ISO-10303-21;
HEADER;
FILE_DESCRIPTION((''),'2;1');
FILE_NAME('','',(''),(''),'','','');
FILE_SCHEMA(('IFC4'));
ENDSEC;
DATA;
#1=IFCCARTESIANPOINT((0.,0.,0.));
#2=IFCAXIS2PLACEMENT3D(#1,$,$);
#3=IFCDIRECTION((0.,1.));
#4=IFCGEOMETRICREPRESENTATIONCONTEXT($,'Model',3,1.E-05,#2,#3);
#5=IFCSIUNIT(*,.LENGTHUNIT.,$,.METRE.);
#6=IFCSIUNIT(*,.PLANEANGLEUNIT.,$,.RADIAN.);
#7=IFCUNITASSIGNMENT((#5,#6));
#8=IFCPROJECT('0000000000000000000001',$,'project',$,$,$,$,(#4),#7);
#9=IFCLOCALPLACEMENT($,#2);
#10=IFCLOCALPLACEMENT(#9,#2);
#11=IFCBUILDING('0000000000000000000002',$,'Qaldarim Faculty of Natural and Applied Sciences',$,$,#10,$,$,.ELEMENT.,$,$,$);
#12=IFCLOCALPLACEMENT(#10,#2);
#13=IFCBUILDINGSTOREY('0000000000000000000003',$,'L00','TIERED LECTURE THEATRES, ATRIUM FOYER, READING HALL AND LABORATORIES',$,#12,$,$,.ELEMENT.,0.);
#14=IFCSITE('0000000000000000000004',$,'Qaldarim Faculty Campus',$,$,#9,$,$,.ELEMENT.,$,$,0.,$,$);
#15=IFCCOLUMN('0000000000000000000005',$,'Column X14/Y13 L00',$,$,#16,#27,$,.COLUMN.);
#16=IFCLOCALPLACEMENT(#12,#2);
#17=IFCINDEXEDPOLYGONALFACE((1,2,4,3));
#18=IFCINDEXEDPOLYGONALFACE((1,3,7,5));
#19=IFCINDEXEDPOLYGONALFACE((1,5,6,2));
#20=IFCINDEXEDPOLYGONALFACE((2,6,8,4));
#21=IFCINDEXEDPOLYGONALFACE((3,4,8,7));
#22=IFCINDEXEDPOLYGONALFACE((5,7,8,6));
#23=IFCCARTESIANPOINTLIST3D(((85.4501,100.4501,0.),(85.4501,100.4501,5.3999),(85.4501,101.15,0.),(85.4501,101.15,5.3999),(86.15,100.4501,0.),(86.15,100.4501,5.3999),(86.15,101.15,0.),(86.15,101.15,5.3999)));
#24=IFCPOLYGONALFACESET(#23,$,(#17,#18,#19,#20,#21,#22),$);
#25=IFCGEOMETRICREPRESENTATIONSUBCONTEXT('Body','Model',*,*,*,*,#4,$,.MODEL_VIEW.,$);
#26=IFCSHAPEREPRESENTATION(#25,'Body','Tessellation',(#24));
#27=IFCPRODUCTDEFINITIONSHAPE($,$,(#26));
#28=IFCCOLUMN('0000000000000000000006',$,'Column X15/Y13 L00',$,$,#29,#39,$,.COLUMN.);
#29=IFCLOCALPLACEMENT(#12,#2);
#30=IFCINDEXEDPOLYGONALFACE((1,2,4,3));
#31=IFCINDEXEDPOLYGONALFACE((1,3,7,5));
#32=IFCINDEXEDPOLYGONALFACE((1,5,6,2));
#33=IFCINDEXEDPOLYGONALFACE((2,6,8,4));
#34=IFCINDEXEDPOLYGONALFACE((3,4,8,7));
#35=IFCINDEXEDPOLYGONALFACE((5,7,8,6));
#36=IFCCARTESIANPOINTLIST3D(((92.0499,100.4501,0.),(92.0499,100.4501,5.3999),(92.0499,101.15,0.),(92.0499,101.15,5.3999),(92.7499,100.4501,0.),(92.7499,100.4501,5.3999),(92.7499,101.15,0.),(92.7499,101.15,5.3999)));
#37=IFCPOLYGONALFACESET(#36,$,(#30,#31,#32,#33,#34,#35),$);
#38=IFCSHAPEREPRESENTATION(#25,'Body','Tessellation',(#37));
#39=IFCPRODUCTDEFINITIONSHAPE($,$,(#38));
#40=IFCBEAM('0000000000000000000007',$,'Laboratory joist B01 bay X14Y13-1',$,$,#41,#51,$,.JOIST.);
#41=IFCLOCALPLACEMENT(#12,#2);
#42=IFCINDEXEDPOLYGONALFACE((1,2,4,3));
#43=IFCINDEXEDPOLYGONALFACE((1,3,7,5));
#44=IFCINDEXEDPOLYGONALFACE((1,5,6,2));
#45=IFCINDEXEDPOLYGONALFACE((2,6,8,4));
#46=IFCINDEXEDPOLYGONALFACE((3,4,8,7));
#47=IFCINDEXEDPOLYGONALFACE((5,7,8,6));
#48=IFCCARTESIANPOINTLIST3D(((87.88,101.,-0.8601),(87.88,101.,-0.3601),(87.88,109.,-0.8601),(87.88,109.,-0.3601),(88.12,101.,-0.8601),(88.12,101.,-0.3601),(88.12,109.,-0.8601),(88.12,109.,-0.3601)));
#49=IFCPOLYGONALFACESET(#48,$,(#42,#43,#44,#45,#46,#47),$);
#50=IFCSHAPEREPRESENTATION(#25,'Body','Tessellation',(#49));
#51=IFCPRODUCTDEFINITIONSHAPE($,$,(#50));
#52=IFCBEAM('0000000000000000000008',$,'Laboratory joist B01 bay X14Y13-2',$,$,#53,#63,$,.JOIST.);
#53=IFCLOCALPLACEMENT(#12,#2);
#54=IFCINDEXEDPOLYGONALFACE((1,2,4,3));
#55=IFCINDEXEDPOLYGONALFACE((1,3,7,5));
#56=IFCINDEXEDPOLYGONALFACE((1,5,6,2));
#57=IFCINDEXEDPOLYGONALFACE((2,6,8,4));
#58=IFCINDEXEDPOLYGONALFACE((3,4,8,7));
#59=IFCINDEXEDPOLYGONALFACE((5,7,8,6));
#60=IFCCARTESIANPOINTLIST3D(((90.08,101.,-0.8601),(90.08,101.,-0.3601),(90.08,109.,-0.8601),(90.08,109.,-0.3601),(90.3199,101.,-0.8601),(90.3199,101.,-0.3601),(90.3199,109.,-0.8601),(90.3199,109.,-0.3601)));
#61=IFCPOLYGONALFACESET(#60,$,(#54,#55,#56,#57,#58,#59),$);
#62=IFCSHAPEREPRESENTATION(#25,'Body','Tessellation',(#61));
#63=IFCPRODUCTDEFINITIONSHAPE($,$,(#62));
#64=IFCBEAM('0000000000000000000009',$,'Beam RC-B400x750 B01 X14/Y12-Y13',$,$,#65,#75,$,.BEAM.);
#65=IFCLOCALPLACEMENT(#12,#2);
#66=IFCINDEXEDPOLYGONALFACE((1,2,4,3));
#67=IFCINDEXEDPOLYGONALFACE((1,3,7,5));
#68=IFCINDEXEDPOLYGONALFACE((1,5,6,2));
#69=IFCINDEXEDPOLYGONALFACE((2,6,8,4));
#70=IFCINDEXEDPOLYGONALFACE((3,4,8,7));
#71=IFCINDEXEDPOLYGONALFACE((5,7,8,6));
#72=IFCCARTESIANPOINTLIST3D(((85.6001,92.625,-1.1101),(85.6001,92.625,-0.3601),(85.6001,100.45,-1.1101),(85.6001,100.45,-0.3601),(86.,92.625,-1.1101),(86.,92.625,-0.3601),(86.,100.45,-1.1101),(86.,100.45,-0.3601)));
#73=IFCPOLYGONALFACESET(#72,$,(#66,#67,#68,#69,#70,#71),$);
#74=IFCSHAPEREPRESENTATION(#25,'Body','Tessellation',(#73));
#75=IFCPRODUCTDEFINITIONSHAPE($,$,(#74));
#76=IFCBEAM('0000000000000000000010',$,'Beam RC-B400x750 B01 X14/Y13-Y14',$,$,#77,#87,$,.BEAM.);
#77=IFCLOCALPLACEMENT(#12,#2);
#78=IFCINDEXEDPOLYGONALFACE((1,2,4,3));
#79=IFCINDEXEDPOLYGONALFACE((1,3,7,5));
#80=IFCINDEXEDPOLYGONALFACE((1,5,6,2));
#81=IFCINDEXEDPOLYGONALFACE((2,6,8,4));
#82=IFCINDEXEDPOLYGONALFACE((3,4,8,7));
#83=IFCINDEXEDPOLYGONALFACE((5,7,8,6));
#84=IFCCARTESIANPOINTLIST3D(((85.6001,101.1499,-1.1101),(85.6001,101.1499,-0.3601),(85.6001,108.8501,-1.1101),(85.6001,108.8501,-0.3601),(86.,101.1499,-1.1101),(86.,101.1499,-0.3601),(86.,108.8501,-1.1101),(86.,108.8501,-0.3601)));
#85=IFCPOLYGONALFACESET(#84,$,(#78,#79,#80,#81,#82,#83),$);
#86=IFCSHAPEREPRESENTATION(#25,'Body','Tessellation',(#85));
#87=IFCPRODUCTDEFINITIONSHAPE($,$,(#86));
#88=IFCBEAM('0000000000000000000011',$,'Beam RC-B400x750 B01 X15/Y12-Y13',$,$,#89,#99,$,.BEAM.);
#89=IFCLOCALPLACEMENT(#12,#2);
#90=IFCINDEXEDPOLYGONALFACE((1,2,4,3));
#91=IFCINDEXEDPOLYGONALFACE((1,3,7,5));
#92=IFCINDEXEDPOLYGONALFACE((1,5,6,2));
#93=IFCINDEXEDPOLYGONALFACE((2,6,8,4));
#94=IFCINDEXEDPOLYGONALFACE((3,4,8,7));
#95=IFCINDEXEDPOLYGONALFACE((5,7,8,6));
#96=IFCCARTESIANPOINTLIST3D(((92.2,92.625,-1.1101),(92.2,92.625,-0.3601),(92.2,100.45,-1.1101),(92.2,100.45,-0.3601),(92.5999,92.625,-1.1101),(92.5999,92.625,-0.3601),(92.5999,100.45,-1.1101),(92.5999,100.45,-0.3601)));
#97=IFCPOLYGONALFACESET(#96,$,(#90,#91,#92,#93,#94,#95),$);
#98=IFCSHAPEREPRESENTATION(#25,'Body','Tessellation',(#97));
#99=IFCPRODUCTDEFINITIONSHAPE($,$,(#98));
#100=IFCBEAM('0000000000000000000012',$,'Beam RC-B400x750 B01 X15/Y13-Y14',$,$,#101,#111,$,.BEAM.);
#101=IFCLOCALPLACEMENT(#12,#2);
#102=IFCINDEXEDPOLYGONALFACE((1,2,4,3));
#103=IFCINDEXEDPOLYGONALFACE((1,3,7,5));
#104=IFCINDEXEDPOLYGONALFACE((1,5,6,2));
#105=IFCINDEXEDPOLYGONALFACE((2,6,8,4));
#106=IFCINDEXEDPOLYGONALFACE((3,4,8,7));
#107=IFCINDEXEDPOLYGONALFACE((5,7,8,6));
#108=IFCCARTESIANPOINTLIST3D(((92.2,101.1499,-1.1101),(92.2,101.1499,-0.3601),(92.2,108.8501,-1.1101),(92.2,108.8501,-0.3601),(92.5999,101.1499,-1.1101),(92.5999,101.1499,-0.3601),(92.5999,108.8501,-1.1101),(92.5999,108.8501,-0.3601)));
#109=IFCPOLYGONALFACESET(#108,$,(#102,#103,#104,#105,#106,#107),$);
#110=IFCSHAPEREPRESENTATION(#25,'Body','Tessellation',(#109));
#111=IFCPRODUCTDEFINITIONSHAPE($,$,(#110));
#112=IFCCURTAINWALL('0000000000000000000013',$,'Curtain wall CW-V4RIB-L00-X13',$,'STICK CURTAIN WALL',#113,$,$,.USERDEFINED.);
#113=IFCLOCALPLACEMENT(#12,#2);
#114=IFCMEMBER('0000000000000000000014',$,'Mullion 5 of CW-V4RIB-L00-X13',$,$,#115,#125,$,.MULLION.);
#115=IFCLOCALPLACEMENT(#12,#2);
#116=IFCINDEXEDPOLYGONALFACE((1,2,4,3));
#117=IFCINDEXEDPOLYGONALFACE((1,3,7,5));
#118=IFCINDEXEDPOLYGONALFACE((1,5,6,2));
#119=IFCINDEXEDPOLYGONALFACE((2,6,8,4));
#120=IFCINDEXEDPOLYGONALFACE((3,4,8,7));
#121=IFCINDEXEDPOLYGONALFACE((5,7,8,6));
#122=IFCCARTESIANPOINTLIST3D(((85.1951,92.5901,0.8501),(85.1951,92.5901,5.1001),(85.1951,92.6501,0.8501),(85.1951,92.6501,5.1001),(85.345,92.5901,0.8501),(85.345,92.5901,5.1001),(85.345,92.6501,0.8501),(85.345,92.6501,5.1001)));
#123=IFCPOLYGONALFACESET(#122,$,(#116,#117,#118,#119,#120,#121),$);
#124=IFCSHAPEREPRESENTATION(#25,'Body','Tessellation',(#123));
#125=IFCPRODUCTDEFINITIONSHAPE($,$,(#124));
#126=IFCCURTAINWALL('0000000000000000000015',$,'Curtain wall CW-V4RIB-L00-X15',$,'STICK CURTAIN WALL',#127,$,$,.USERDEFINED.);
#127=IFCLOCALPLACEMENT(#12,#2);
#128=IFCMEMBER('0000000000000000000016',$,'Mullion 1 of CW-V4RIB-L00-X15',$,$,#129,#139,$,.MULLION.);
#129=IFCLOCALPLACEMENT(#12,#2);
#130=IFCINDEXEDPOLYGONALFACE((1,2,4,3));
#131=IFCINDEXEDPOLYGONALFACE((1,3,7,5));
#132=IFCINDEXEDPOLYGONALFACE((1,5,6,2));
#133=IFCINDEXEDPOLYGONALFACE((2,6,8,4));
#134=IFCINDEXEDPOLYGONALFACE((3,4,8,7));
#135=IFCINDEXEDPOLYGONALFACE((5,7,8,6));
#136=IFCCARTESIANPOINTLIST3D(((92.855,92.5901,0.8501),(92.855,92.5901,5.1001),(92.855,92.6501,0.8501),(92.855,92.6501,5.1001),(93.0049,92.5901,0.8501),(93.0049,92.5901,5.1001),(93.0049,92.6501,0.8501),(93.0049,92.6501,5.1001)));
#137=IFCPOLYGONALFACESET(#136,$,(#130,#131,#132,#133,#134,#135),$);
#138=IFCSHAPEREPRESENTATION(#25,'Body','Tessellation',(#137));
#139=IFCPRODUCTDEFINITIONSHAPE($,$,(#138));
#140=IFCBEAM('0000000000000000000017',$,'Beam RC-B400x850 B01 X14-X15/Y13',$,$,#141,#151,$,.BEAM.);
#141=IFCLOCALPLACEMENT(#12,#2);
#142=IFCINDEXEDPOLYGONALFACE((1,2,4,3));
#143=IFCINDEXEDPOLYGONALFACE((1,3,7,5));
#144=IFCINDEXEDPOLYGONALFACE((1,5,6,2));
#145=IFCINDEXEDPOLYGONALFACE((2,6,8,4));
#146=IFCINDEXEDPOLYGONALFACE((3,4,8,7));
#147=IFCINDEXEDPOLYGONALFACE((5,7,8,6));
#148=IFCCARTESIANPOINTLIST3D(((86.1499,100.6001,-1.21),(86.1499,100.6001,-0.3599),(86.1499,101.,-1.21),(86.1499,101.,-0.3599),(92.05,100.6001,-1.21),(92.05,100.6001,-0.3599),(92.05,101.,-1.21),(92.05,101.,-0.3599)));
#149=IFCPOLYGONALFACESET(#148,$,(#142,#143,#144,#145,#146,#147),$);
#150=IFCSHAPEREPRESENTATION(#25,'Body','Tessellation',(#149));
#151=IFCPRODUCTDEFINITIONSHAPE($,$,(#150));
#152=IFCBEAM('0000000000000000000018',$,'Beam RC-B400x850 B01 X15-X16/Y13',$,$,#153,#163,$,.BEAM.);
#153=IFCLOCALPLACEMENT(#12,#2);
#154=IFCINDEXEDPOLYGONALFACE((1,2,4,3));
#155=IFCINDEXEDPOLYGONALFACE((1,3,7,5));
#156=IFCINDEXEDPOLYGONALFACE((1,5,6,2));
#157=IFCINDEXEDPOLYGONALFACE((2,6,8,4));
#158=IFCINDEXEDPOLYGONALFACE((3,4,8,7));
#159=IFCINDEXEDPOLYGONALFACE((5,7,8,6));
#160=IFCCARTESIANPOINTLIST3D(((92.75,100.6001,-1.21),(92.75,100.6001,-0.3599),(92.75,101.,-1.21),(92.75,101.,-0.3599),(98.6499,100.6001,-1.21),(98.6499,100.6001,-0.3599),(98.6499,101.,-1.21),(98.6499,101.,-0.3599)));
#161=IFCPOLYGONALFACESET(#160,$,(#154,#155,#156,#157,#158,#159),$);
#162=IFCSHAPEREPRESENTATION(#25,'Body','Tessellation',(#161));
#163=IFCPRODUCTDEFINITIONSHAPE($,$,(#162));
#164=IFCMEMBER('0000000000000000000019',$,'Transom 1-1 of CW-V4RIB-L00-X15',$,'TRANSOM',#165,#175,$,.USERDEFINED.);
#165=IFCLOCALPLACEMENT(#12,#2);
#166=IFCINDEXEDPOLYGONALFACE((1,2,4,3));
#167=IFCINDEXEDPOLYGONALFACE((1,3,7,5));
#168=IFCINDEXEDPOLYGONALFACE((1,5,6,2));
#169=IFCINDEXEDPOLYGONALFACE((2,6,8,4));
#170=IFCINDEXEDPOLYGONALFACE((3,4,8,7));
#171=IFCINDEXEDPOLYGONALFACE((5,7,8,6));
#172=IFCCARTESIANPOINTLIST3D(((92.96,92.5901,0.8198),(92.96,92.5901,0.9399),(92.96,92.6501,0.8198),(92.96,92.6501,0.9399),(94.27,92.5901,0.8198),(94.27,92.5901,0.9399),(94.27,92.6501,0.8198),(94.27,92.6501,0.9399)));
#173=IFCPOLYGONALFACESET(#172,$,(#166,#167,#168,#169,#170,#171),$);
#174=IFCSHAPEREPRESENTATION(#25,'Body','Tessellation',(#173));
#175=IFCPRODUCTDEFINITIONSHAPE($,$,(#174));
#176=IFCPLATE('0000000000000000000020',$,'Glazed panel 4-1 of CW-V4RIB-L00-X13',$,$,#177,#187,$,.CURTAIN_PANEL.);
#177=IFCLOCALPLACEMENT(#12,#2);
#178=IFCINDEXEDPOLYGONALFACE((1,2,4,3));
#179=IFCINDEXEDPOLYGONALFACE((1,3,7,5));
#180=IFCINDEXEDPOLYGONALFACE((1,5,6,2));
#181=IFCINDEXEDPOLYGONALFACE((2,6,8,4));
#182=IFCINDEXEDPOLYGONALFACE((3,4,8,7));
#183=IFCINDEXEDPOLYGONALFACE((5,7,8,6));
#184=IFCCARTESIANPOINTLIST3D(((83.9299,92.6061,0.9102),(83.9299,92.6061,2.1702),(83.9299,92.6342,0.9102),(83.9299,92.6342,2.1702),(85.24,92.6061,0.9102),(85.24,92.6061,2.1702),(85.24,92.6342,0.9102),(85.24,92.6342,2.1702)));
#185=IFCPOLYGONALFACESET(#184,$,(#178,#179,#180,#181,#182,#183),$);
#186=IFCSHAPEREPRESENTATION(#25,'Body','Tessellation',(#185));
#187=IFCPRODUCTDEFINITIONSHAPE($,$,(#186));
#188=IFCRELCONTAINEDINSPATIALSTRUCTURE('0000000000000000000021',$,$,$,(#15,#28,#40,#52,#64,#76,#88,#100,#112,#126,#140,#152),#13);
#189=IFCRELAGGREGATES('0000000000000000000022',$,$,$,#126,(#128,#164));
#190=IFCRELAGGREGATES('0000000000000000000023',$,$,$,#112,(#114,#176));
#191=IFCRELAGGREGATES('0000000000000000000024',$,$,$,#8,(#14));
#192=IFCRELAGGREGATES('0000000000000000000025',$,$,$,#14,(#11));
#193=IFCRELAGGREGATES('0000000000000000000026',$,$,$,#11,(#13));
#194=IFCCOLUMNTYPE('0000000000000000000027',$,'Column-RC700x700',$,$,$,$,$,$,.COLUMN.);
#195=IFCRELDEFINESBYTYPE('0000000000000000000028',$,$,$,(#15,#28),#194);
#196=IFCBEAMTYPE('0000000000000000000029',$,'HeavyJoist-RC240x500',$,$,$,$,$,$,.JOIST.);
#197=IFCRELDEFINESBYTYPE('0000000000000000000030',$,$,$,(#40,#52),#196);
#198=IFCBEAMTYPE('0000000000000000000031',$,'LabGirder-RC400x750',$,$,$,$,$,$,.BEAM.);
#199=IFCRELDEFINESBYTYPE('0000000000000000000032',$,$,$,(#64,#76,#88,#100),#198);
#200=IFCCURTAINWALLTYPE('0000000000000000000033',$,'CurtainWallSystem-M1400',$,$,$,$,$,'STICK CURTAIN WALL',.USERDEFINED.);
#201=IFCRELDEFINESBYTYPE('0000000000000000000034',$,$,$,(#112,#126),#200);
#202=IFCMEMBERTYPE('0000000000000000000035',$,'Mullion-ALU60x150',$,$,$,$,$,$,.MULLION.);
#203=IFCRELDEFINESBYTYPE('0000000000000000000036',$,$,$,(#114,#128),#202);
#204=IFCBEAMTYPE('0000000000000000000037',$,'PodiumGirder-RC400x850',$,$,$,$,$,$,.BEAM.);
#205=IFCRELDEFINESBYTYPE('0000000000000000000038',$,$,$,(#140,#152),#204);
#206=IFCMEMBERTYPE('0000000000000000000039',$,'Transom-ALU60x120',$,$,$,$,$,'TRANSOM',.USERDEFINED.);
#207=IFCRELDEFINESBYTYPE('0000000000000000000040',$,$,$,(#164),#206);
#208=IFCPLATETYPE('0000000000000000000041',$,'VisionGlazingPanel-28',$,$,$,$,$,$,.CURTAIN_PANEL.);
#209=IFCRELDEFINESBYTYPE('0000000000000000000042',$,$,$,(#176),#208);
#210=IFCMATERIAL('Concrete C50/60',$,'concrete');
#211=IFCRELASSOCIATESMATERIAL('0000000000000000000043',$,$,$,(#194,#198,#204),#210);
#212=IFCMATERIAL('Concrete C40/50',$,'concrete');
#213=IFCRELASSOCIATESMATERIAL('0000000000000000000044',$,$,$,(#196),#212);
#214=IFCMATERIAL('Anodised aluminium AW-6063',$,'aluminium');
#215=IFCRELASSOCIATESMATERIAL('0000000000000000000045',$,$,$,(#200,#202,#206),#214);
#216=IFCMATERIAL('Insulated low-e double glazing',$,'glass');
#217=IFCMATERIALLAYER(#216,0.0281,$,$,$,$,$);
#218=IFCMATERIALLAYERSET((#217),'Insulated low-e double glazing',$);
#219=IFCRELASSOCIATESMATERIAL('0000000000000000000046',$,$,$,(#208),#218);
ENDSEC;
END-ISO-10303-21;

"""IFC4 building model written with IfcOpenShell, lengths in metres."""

from ifc_helpers import new_model, si_unit, direction, frame, origin, origin_2d, place, context, subcontext, project, spatial, rectangle, extrude, material, layer, layer_set, material_profile, profile_set, type_object, element, aggregate, save


model = new_model("IFC4")

# Units and contexts
model_context = context("Model", 3, precision=1e-05, world=origin(), true_north=direction((0.0, 1.0)))
body_context = subcontext(model_context, "Body", "Model", "MODEL_VIEW")
ifc_project = project(units=[si_unit("LENGTHUNIT", "METRE"), si_unit("PLANEANGLEUNIT", "RADIAN")], contexts=[model_context])

# Site, building, storey
site_placement = place(None, origin())
site = spatial("IfcSite", under=ifc_project, at=site_placement, Name="Qaldarim Faculty Campus", CompositionType="ELEMENT", RefElevation=0.0)
building_placement = place(site_placement, origin())
building = spatial("IfcBuilding", under=site, at=building_placement, Name="Qaldarim Faculty of Natural and Applied Sciences", CompositionType="ELEMENT")
storey_placement = place(building_placement, origin())
storey = spatial("IfcBuildingStorey", under=building, at=storey_placement, Name="L00", Description="TIERED LECTURE THEATRES, ATRIUM FOYER, READING HALL AND LABORATORIES", CompositionType="ELEMENT", Elevation=0.0)

# Columns
ifc_material_1 = material(Name="Concrete C50/60", Category="concrete")
ifc_material_profile_1 = material_profile(ifc_material_1, rectangle(XDim=0.7, YDim=0.7, at=origin_2d()), Name="RC-C700x700")
ifc_profile_set_1 = profile_set([ifc_material_profile_1], Name="Concrete C50/60")
column_type = type_object("IfcColumnType", Name="Column-RC700x700", PredefinedType="COLUMN", material=ifc_profile_set_1)
for number, where, z_axis, x_axis, name in (
    (1, (85.8, 100.8, 0.0), (0.0, 0.0, 1.0), (1.0, 0.0, 0.0), "Column X14/Y13 L00"),
    (2, (92.3999, 100.8, 0.0), (0.0, 0.0, 1.0), (1.0, 0.0, 0.0), "Column X15/Y13 L00"),
):
    element("IfcColumn", number, at=place(storey_placement, frame(where, z_axis=z_axis, x_axis=x_axis)), inside=storey, type_object=column_type, Name=name, PredefinedType="COLUMN", context=body_context, shape_type="SweptSolid", body=[
        extrude(rectangle(XDim=0.7, YDim=0.7, at=origin_2d()), origin(), (0.0, 0.0, 1.0), 5.3999),
    ])

# Beams
ifc_material_2 = material(Name="Concrete C40/50", Category="concrete")
ifc_material_profile_2 = material_profile(ifc_material_2, rectangle(XDim=0.24, YDim=0.5, at=origin_2d()), Name="RC-J240x500")
ifc_profile_set_2 = profile_set([ifc_material_profile_2], Name="Concrete C40/50")
beam_type_1 = type_object("IfcBeamType", Name="HeavyJoist-RC240x500", PredefinedType="JOIST", material=ifc_profile_set_2)
for number, where, z_axis, x_axis, name in (
    (3, (88.0, 101.0, -0.6101), (0.0, 1.0, 0.0), (-1.0, 0.0, 0.0), "Laboratory joist B01 bay X14Y13-1"),
    (4, (90.2, 101.0, -0.6101), (0.0, 1.0, 0.0), (-1.0, 0.0, 0.0), "Laboratory joist B01 bay X14Y13-2"),
):
    element("IfcBeam", number, at=place(storey_placement, frame(where, z_axis=z_axis, x_axis=x_axis)), inside=storey, type_object=beam_type_1, Name=name, PredefinedType="JOIST", context=body_context, shape_type="SweptSolid", body=[
        extrude(rectangle(XDim=0.24, YDim=0.5, at=origin_2d()), origin(), (0.0, 0.0, 1.0), 8.0),
    ])
ifc_material_profile_3 = material_profile(ifc_material_1, rectangle(XDim=0.3999, YDim=0.75, at=origin_2d()), Name="RC-B400x750")
ifc_profile_set_3 = profile_set([ifc_material_profile_3], Name="Concrete C50/60")
beam_type_2 = type_object("IfcBeamType", Name="LabGirder-RC400x750", PredefinedType="BEAM", material=ifc_profile_set_3)
beam_1_placement = place(storey_placement, frame((85.8, 92.625, -0.7351), z_axis=(0.0, 1.0, 0.0), x_axis=(-1.0, 0.0, 0.0)))
element("IfcBeam", 5, at=beam_1_placement, inside=storey, type_object=beam_type_2, Name="Beam RC-B400x750 B01 X14/Y12-Y13", PredefinedType="BEAM", context=body_context, shape_type="SweptSolid", body=[
    extrude(rectangle(XDim=0.3999, YDim=0.75, at=origin_2d()), origin(), (0.0, 0.0, 1.0), 7.825),
])
beam_2_placement = place(storey_placement, frame((85.8, 101.1499, -0.7351), z_axis=(0.0, 1.0, 0.0), x_axis=(-1.0, 0.0, 0.0)))
element("IfcBeam", 6, at=beam_2_placement, inside=storey, type_object=beam_type_2, Name="Beam RC-B400x750 B01 X14/Y13-Y14", PredefinedType="BEAM", context=body_context, shape_type="SweptSolid", body=[
    extrude(rectangle(XDim=0.3999, YDim=0.75, at=origin_2d()), origin(), (0.0, 0.0, 1.0), 7.7002),
])
beam_3_placement = place(storey_placement, frame((92.3999, 92.625, -0.7351), z_axis=(0.0, 1.0, 0.0), x_axis=(-1.0, 0.0, 0.0)))
element("IfcBeam", 7, at=beam_3_placement, inside=storey, type_object=beam_type_2, Name="Beam RC-B400x750 B01 X15/Y12-Y13", PredefinedType="BEAM", context=body_context, shape_type="SweptSolid", body=[
    extrude(rectangle(XDim=0.3999, YDim=0.75, at=origin_2d()), origin(), (0.0, 0.0, 1.0), 7.825),
])
beam_4_placement = place(storey_placement, frame((92.3999, 101.1499, -0.7351), z_axis=(0.0, 1.0, 0.0), x_axis=(-1.0, 0.0, 0.0)))
element("IfcBeam", 8, at=beam_4_placement, inside=storey, type_object=beam_type_2, Name="Beam RC-B400x750 B01 X15/Y13-Y14", PredefinedType="BEAM", context=body_context, shape_type="SweptSolid", body=[
    extrude(rectangle(XDim=0.3999, YDim=0.75, at=origin_2d()), origin(), (0.0, 0.0, 1.0), 7.7002),
])

# Curtain walls, members
ifc_material_3 = material(Name="Anodised aluminium AW-6063", Category="aluminium")
curtain_wall_type = type_object("IfcCurtainWallType", Name="CurtainWallSystem-M1400", ElementType="STICK CURTAIN WALL", PredefinedType="USERDEFINED", material=ifc_material_3)
curtain_wall_1_placement = place(storey_placement, origin())
curtain_wall_1 = element("IfcCurtainWall", 9, at=curtain_wall_1_placement, inside=storey, type_object=curtain_wall_type, Name="Curtain wall CW-V4RIB-L00-X13", ObjectType="STICK CURTAIN WALL", PredefinedType="USERDEFINED")
ifc_material_profile_4 = material_profile(ifc_material_3, rectangle(XDim=0.0601, YDim=0.1499, at=origin_2d()), Name="ALU-M60x150")
ifc_profile_set_4 = profile_set([ifc_material_profile_4], Name="Anodised aluminium AW-6063")
member_type_1 = type_object("IfcMemberType", Name="Mullion-ALU60x150", PredefinedType="MULLION", material=ifc_profile_set_4)
member_1_placement = place(storey_placement, frame((85.27, 92.6201, 0.8501), z_axis=(0.0, 0.0, 1.0), x_axis=(0.0, 1.0, 0.0)))
member_1 = element("IfcMember", 10, at=member_1_placement, type_object=member_type_1, Name="Mullion 5 of CW-V4RIB-L00-X13", PredefinedType="MULLION", context=body_context, shape_type="SweptSolid", body=[
    extrude(rectangle(XDim=0.0601, YDim=0.1499, at=origin_2d()), origin(), (0.0, 0.0, 1.0), 4.25),
])
curtain_wall_2_placement = place(storey_placement, origin())
curtain_wall_2 = element("IfcCurtainWall", 11, at=curtain_wall_2_placement, inside=storey, type_object=curtain_wall_type, Name="Curtain wall CW-V4RIB-L00-X15", ObjectType="STICK CURTAIN WALL", PredefinedType="USERDEFINED")
member_2_placement = place(storey_placement, frame((92.9299, 92.6201, 0.8501), z_axis=(0.0, 0.0, 1.0), x_axis=(0.0, 1.0, 0.0)))
member_2 = element("IfcMember", 12, at=member_2_placement, type_object=member_type_1, Name="Mullion 1 of CW-V4RIB-L00-X15", PredefinedType="MULLION", context=body_context, shape_type="SweptSolid", body=[
    extrude(rectangle(XDim=0.0601, YDim=0.1499, at=origin_2d()), origin(), (0.0, 0.0, 1.0), 4.25),
])

# Beams
ifc_material_profile_5 = material_profile(ifc_material_1, rectangle(XDim=0.3999, YDim=0.8501, at=origin_2d()), Name="RC-B400x850")
ifc_profile_set_5 = profile_set([ifc_material_profile_5], Name="Concrete C50/60")
beam_type_3 = type_object("IfcBeamType", Name="PodiumGirder-RC400x850", PredefinedType="BEAM", material=ifc_profile_set_5)
beam_5_placement = place(storey_placement, frame((86.1499, 100.8, -0.7849), z_axis=(1.0, 0.0, 0.0), x_axis=(0.0, 1.0, 0.0)))
element("IfcBeam", 13, at=beam_5_placement, inside=storey, type_object=beam_type_3, Name="Beam RC-B400x850 B01 X14-X15/Y13", PredefinedType="BEAM", context=body_context, shape_type="SweptSolid", body=[
    extrude(rectangle(XDim=0.3999, YDim=0.8501, at=origin_2d()), origin(), (0.0, 0.0, 1.0), 5.9001),
])
beam_6_placement = place(storey_placement, frame((92.75, 100.8, -0.7849), z_axis=(1.0, 0.0, 0.0), x_axis=(0.0, 1.0, 0.0)))
element("IfcBeam", 14, at=beam_6_placement, inside=storey, type_object=beam_type_3, Name="Beam RC-B400x850 B01 X15-X16/Y13", PredefinedType="BEAM", context=body_context, shape_type="SweptSolid", body=[
    extrude(rectangle(XDim=0.3999, YDim=0.8501, at=origin_2d()), origin(), (0.0, 0.0, 1.0), 5.8999),
])

# Member
ifc_material_profile_6 = material_profile(ifc_material_3, rectangle(XDim=0.0601, YDim=0.1201, at=origin_2d()), Name="ALU-T60x120")
ifc_profile_set_6 = profile_set([ifc_material_profile_6], Name="Anodised aluminium AW-6063")
member_type_2 = type_object("IfcMemberType", Name="Transom-ALU60x120", ElementType="TRANSOM", PredefinedType="USERDEFINED", material=ifc_profile_set_6)
member_3_placement = place(storey_placement, frame((92.96, 92.6201, 0.8799), z_axis=(1.0, 0.0, 0.0), x_axis=(0.0, 1.0, 0.0)))
member_3 = element("IfcMember", 15, at=member_3_placement, type_object=member_type_2, Name="Transom 1-1 of CW-V4RIB-L00-X15", ObjectType="TRANSOM", PredefinedType="USERDEFINED", context=body_context, shape_type="SweptSolid", body=[
    extrude(rectangle(XDim=0.0601, YDim=0.1201, at=origin_2d()), origin(), (0.0, 0.0, 1.0), 1.3101),
])
aggregate(curtain_wall_2, [member_2, member_3])

# Plate
ifc_material_4 = material(Name="Insulated low-e double glazing", Category="glass")
ifc_layer_1 = layer(ifc_material_4, 0.0281)
ifc_layer_set_1 = layer_set([ifc_layer_1], Name="Insulated low-e double glazing")
plate_type = type_object("IfcPlateType", Name="VisionGlazingPanel-28", PredefinedType="CURTAIN_PANEL", material=ifc_layer_set_1)
plate_1_placement = place(storey_placement, frame((84.585, 92.6201, 0.9102), z_axis=(0.0, 0.0, 1.0), x_axis=(1.0, 0.0, 0.0)))
plate_1 = element("IfcPlate", 16, at=plate_1_placement, type_object=plate_type, Name="Glazed panel 4-1 of CW-V4RIB-L00-X13", PredefinedType="CURTAIN_PANEL", context=body_context, shape_type="SweptSolid", body=[
    extrude(rectangle(XDim=1.3101, YDim=0.0281, at=origin_2d()), origin(), (0.0, 0.0, 1.0), 1.26),
])
aggregate(curtain_wall_1, [member_1, plate_1])

save(model, "model.ifc")
